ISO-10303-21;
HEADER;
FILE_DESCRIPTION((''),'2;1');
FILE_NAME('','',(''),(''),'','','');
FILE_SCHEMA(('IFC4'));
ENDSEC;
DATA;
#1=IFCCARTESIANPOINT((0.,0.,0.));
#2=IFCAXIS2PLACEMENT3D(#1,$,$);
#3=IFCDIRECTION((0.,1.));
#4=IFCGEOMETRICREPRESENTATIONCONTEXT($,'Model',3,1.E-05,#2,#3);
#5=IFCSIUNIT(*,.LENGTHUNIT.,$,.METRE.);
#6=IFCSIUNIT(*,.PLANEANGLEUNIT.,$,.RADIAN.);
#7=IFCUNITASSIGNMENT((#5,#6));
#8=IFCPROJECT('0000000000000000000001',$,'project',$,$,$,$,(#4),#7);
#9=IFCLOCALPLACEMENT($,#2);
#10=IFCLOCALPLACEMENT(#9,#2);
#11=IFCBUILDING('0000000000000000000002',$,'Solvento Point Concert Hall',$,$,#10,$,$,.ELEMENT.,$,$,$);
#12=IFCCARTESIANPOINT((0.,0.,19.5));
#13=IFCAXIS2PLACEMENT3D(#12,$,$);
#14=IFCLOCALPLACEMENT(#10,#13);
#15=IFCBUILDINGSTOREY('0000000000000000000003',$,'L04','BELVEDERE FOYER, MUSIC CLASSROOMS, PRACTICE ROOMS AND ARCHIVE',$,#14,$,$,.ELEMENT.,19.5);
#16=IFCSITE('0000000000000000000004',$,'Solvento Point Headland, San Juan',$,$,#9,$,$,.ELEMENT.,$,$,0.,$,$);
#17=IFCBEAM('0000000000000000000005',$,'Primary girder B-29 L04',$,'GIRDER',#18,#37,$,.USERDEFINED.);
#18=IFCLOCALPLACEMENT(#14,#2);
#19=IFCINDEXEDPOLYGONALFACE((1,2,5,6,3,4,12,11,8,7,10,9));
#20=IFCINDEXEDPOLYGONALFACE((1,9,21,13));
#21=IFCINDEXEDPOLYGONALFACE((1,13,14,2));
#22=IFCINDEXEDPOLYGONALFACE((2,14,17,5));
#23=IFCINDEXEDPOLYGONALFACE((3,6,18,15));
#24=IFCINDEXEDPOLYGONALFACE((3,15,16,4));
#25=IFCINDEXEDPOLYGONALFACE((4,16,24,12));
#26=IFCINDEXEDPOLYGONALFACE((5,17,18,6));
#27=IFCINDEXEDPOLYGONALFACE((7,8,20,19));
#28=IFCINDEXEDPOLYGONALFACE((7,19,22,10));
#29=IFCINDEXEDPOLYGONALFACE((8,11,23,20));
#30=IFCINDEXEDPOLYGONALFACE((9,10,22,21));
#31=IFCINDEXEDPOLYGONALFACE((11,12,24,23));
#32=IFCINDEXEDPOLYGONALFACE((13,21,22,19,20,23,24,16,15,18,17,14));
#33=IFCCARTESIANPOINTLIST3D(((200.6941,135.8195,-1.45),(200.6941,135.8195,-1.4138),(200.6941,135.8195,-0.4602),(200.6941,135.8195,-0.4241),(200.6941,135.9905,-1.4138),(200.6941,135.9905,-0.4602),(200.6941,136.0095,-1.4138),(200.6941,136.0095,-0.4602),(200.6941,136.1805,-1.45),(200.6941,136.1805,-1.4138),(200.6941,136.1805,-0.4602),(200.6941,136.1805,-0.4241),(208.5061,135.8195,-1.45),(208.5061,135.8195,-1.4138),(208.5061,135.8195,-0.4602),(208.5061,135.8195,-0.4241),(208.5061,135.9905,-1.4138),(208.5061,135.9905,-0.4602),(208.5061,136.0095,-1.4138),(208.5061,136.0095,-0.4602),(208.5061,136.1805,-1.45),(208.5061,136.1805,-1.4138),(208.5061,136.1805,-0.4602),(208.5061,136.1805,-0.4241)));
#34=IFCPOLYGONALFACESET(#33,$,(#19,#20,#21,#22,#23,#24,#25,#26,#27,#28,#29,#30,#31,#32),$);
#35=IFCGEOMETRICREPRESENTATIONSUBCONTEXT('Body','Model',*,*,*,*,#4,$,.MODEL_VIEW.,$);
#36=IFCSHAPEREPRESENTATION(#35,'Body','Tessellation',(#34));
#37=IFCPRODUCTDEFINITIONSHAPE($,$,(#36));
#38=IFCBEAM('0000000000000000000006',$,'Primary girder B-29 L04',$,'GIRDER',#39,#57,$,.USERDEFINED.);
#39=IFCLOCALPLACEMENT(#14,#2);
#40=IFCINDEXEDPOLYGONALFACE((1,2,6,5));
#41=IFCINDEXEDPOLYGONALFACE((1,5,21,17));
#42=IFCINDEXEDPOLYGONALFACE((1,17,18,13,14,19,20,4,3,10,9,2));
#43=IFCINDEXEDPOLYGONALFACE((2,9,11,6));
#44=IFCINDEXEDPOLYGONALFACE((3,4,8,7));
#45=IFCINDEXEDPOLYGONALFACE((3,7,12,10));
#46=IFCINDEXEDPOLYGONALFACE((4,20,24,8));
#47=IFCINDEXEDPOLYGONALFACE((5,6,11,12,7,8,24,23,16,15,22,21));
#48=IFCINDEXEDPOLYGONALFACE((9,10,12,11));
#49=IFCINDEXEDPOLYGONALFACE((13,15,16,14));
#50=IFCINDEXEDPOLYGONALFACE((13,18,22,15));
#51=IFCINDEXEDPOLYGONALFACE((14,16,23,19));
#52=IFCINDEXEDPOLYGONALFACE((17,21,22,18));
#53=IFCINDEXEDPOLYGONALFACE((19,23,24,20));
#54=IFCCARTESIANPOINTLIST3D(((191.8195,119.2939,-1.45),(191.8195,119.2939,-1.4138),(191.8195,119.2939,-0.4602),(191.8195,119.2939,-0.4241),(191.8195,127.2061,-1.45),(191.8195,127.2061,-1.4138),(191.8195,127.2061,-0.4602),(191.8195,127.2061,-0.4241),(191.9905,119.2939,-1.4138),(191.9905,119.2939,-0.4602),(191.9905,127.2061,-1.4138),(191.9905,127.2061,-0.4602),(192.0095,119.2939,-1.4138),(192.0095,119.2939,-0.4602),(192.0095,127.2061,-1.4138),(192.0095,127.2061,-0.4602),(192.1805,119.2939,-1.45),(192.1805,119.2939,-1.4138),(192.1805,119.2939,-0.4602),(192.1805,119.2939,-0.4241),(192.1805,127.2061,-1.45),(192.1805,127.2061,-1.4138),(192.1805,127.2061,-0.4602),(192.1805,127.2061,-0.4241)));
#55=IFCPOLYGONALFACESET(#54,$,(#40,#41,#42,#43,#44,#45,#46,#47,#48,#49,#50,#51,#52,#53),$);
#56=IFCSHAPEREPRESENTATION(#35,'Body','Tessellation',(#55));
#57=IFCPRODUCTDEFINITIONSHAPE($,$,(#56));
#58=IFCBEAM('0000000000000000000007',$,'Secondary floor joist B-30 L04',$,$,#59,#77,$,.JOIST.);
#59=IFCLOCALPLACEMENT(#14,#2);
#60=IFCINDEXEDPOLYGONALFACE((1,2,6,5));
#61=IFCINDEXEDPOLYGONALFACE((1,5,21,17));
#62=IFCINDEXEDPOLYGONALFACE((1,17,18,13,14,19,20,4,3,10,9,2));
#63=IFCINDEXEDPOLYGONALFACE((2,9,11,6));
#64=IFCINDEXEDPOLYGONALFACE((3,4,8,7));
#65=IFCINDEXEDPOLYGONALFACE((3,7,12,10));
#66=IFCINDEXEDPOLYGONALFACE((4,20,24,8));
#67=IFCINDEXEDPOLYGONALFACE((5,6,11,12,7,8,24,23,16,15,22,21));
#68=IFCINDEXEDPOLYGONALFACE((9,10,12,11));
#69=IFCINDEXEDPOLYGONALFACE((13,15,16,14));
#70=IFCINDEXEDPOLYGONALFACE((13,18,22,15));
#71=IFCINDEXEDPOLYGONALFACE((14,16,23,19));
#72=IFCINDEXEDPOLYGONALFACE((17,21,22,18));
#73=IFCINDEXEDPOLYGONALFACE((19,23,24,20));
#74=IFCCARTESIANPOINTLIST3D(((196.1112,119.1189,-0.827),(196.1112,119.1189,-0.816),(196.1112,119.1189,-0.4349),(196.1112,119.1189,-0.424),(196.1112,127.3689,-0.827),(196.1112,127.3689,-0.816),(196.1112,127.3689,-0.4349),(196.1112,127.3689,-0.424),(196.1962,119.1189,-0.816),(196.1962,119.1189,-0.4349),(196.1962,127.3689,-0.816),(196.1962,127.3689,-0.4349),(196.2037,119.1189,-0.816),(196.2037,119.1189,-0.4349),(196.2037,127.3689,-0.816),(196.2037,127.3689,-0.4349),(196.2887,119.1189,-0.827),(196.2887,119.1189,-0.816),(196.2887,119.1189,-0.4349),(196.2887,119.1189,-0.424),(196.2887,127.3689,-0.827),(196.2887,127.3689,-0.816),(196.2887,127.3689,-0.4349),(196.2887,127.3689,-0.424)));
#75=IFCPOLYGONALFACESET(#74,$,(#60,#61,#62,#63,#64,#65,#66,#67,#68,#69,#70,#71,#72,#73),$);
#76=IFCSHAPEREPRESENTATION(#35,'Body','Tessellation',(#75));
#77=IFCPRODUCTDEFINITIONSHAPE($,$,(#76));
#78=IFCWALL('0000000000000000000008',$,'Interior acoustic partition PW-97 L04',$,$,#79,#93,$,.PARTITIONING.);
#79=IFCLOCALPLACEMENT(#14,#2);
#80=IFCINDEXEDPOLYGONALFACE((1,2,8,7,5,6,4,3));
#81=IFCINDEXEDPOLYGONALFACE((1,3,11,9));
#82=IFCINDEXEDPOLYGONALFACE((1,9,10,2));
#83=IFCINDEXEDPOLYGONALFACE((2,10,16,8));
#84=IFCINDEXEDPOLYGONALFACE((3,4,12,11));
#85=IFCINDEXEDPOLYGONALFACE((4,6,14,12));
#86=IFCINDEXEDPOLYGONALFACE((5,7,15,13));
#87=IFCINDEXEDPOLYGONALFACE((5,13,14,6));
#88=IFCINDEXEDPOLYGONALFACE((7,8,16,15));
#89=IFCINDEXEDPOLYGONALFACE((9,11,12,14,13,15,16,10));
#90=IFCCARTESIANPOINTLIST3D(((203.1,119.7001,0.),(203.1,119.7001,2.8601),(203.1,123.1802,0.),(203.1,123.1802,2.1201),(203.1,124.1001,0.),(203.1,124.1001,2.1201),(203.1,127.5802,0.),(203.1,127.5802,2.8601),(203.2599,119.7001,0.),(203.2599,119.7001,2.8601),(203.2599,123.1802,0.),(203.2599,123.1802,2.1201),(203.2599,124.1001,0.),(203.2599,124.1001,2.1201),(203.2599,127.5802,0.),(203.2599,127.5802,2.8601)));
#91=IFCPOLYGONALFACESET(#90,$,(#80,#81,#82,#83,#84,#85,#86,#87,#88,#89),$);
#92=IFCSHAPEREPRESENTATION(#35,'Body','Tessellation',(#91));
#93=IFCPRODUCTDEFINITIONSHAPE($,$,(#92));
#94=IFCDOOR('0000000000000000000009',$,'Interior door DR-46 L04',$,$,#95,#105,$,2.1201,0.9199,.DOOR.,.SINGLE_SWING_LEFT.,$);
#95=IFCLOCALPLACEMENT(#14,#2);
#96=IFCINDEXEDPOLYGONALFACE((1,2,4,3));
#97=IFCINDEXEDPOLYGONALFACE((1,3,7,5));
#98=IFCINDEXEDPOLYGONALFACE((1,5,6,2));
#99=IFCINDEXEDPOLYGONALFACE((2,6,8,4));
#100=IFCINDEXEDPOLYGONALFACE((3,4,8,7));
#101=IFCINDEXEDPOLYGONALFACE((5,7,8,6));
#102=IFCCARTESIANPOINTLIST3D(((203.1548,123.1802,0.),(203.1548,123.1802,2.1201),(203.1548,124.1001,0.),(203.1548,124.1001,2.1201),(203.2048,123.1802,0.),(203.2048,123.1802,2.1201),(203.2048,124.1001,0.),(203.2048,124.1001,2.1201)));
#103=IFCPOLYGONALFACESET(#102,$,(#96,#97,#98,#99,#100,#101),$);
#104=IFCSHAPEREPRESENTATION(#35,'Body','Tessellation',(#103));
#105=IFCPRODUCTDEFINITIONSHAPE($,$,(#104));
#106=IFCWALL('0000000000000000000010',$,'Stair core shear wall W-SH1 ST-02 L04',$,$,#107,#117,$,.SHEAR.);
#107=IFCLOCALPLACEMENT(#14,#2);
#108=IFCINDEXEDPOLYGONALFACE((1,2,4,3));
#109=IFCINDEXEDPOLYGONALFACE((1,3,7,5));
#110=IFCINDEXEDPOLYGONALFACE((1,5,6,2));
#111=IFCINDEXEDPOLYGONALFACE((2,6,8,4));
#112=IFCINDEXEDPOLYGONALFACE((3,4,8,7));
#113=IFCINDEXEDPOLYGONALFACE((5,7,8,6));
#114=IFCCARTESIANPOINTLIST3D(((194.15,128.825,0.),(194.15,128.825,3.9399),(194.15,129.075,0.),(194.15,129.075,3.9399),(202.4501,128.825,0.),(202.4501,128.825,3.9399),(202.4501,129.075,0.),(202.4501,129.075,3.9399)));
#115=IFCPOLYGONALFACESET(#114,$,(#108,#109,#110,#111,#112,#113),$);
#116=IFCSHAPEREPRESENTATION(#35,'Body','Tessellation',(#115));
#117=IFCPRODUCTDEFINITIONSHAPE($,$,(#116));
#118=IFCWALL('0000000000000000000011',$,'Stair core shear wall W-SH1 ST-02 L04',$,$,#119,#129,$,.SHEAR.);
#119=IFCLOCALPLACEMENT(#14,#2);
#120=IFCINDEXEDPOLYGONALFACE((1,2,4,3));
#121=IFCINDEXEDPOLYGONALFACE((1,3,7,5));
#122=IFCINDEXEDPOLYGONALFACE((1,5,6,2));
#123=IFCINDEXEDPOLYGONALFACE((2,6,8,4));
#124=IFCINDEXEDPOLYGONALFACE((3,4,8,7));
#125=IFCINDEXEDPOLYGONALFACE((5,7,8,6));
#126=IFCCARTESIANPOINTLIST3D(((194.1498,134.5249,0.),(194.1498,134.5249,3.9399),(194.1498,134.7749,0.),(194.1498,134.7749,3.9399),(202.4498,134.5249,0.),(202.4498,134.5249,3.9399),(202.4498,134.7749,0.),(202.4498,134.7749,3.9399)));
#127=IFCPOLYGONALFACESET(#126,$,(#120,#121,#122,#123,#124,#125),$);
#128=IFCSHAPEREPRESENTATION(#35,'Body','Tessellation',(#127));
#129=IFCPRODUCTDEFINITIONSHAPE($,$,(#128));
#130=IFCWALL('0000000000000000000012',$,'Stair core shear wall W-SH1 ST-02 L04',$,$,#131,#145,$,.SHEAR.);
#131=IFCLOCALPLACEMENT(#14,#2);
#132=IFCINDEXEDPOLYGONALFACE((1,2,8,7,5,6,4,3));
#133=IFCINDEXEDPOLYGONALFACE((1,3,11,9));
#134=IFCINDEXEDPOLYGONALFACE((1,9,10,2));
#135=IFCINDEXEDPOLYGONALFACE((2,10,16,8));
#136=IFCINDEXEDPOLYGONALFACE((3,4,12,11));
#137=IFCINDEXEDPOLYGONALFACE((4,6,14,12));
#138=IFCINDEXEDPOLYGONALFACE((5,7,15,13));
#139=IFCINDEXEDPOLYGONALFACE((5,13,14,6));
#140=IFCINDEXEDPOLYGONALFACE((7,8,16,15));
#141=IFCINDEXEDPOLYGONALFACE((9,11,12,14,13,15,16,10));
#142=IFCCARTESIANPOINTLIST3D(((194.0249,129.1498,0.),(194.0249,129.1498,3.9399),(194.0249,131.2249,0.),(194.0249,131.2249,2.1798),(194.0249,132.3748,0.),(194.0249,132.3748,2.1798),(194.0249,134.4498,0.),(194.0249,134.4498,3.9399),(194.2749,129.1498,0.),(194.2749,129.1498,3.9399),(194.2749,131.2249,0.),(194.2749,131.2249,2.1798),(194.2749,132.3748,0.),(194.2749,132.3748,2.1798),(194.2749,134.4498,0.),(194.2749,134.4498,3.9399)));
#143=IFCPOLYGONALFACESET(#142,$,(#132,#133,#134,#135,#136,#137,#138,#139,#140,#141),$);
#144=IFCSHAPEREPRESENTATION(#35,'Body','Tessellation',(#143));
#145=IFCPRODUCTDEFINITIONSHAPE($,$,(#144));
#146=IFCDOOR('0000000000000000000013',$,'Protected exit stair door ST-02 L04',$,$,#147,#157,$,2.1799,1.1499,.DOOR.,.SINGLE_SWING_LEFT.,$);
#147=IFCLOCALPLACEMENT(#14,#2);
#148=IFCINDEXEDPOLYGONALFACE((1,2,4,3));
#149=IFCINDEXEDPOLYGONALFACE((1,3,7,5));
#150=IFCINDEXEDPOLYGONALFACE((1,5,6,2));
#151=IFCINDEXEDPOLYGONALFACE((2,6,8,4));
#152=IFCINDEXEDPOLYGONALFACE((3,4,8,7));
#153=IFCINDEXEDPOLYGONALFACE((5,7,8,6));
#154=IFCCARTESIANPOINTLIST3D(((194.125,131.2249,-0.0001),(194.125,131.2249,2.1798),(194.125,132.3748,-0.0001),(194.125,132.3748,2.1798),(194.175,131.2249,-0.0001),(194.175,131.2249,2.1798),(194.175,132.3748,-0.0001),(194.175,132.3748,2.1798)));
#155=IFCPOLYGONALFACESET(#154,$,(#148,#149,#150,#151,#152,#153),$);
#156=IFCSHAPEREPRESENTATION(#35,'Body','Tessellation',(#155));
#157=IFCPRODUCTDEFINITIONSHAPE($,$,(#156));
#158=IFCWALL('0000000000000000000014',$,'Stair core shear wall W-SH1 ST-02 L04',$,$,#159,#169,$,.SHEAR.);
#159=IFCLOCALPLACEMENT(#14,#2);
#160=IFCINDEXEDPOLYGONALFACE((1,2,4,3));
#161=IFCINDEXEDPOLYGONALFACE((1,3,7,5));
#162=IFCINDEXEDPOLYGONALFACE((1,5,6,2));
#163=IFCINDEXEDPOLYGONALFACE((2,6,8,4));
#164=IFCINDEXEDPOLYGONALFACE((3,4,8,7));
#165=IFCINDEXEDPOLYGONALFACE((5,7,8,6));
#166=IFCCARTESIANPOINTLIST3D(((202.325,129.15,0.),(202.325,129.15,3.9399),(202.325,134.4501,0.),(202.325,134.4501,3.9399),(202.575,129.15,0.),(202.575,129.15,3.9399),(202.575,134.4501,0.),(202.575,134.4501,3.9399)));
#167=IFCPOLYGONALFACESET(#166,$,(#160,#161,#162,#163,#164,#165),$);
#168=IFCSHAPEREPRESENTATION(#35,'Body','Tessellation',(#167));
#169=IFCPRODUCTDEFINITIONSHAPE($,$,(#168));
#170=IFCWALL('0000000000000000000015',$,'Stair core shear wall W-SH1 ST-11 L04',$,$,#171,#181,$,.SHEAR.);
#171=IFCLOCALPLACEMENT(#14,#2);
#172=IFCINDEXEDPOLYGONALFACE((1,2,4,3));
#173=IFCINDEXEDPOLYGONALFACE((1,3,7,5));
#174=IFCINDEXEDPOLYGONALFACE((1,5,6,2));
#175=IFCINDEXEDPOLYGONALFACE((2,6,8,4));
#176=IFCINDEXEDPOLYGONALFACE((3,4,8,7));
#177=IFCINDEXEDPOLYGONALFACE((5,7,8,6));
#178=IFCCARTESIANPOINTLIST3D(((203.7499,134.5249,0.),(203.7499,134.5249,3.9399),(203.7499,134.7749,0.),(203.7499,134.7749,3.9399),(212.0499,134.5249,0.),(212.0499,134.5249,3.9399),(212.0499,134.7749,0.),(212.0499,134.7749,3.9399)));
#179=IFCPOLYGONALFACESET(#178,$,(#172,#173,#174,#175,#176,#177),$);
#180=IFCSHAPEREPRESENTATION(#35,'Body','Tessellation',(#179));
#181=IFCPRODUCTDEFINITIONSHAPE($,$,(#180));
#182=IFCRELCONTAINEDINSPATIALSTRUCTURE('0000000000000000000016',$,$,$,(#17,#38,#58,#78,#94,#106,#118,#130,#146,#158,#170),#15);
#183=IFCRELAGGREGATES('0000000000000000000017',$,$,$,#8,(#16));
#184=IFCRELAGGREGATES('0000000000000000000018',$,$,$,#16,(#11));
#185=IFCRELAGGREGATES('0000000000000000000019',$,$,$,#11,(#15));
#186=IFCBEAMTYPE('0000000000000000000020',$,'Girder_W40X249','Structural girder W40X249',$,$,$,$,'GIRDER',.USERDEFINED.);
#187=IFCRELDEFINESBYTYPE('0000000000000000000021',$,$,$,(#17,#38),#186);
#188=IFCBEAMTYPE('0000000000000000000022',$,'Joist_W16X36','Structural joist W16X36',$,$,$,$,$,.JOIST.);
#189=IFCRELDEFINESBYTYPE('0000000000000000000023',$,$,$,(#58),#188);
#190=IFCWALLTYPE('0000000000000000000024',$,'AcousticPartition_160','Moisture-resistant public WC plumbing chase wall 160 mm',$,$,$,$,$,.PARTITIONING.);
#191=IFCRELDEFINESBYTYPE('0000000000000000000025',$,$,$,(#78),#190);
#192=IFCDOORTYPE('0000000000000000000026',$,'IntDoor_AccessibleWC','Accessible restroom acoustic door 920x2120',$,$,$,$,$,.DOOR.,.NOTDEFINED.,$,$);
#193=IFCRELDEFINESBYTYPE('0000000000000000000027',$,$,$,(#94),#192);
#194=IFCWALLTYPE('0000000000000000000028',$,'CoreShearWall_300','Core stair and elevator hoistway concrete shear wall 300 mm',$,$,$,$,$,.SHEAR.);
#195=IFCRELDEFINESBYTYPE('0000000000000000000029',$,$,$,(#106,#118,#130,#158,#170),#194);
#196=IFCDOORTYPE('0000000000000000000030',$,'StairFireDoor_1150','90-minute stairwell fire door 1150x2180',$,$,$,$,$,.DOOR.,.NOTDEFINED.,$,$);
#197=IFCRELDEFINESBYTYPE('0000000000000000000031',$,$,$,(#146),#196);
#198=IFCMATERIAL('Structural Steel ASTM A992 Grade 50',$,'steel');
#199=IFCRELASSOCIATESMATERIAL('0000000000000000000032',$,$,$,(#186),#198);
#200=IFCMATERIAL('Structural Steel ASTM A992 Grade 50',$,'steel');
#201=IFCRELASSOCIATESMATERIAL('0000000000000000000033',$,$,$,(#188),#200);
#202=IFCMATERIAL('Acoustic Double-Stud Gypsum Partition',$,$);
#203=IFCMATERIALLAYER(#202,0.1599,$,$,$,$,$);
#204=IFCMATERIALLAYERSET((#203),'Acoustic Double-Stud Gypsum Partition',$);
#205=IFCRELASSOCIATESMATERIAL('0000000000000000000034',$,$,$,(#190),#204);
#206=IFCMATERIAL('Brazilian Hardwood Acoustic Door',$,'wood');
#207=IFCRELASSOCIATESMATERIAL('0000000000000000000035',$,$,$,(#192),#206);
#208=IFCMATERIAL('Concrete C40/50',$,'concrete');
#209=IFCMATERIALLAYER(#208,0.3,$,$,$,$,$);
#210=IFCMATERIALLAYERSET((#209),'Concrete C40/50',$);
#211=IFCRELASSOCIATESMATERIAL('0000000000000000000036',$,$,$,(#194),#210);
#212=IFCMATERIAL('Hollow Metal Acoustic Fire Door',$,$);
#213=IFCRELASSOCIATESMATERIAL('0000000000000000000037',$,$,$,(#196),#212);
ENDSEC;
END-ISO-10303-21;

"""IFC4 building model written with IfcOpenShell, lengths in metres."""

from ifc_helpers import new_model, si_unit, direction, frame, frame_2d, origin, origin_2d, place, context, subcontext, project, spatial, rectangle, i_section, extrude, material, layer, layer_set, material_profile, profile_set, type_object, element, fill, save


model = new_model("IFC4")

# Units and contexts
model_context = context("Model", 3, precision=1e-05, world=origin(), true_north=direction((0.0, 1.0)))
body_context = subcontext(model_context, "Body", "Model", "MODEL_VIEW")
ifc_project = project(units=[si_unit("LENGTHUNIT", "METRE"), si_unit("PLANEANGLEUNIT", "RADIAN")], contexts=[model_context])

# Site, building, storey
site_placement = place(None, origin())
site = spatial("IfcSite", under=ifc_project, at=site_placement, Name="Solvento Point Headland, San Juan", CompositionType="ELEMENT", RefElevation=0.0)
building_placement = place(site_placement, origin())
building = spatial("IfcBuilding", under=site, at=building_placement, Name="Solvento Point Concert Hall", CompositionType="ELEMENT")
storey_placement = place(building_placement, frame((0.0, 0.0, 19.5)))
storey = spatial("IfcBuildingStorey", under=building, at=storey_placement, Name="L04", Description="BELVEDERE FOYER, MUSIC CLASSROOMS, PRACTICE ROOMS AND ARCHIVE", CompositionType="ELEMENT", Elevation=19.5)

# Beams
ifc_material_1 = material(Name="Structural Steel ASTM A992 Grade 50", Category="steel")
ifc_material_profile_1 = material_profile(ifc_material_1, i_section(OverallWidth=0.3611, OverallDepth=1.0259, WebThickness=0.019, FlangeThickness=0.0361, at=origin_2d()), Name="W40X249")
ifc_profile_set_1 = profile_set([ifc_material_profile_1], Name="Structural Steel ASTM A992 Grade 50")
beam_type_1 = type_object("IfcBeamType", Name="Girder_W40X249", Description="Structural girder W40X249", ElementType="GIRDER", PredefinedType="USERDEFINED", material=ifc_profile_set_1)
beam_1_placement = place(storey_placement, frame((200.6941, 136.0, -0.937), z_axis=(1.0, 0.0, 0.0), x_axis=(0.0, 1.0, 0.0)))
element("IfcBeam", 1, at=beam_1_placement, inside=storey, type_object=beam_type_1, Name="Primary girder B-29 L04", ObjectType="GIRDER", PredefinedType="USERDEFINED", context=body_context, shape_type="SweptSolid", body=[
    extrude(i_section(OverallWidth=0.3611, OverallDepth=1.0259, WebThickness=0.019, FlangeThickness=0.0361, at=origin_2d()), origin(), (0.0, 0.0, 1.0), 7.812),
])
beam_2_placement = place(storey_placement, frame((192.0, 119.2939, -0.937), z_axis=(0.0, 1.0, 0.0), x_axis=(-1.0, 0.0, 0.0)))
element("IfcBeam", 2, at=beam_2_placement, inside=storey, type_object=beam_type_1, Name="Primary girder B-29 L04", ObjectType="GIRDER", PredefinedType="USERDEFINED", context=body_context, shape_type="SweptSolid", body=[
    extrude(i_section(OverallWidth=0.3611, OverallDepth=1.0259, WebThickness=0.019, FlangeThickness=0.0361, at=origin_2d()), origin(), (0.0, 0.0, 1.0), 7.9121),
])
ifc_material_2 = material(Name="Structural Steel ASTM A992 Grade 50", Category="steel")
ifc_material_profile_2 = material_profile(ifc_material_2, i_section(OverallWidth=0.1775, OverallDepth=0.4031, WebThickness=0.0076, FlangeThickness=0.011, at=origin_2d()), Name="W16X36")
ifc_profile_set_2 = profile_set([ifc_material_profile_2], Name="Structural Steel ASTM A992 Grade 50")
beam_type_2 = type_object("IfcBeamType", Name="Joist_W16X36", Description="Structural joist W16X36", PredefinedType="JOIST", material=ifc_profile_set_2)
beam_3_placement = place(storey_placement, frame((196.2, 119.1189, -0.6255), z_axis=(0.0, 1.0, 0.0), x_axis=(-1.0, 0.0, 0.0)))
element("IfcBeam", 3, at=beam_3_placement, inside=storey, type_object=beam_type_2, Name="Secondary floor joist B-30 L04", PredefinedType="JOIST", context=body_context, shape_type="SweptSolid", body=[
    extrude(i_section(OverallWidth=0.1775, OverallDepth=0.4031, WebThickness=0.0076, FlangeThickness=0.011, at=origin_2d()), origin(), (0.0, 0.0, 1.0), 8.25),
])

# Shared definitions
ifc_material_3 = material(Name="Acoustic Double-Stud Gypsum Partition")
ifc_layer_1 = layer(ifc_material_3, 0.1599)
ifc_layer_set_1 = layer_set([ifc_layer_1], Name="Acoustic Double-Stud Gypsum Partition")
wall_type_1 = type_object("IfcWallType", Name="AcousticPartition_160", Description="Moisture-resistant public WC plumbing chase wall 160 mm", PredefinedType="PARTITIONING", material=ifc_layer_set_1)

# Wall, opening, door
wall_1_placement = place(storey_placement, frame((203.1799, 127.5801, 0.0), z_axis=(0.0, 0.0, 1.0), x_axis=(0.0, -1.0, 0.0)))
wall_1 = element("IfcWall", 4, at=wall_1_placement, inside=storey, type_object=wall_type_1, Name="Interior acoustic partition PW-97 L04", PredefinedType="PARTITIONING", context=body_context, shape_type="SweptSolid", body=[
    extrude(rectangle(XDim=7.8801, YDim=0.1599, at=frame_2d((3.9399, 0.0))), origin(), (0.0, 0.0, 1.0), 2.8601),
])
opening_1_placement = place(wall_1_placement, frame((3.48, 0.0, 0.0)))
opening_1 = element("IfcOpeningElement", 5, at=opening_1_placement, cuts=wall_1, PredefinedType="OPENING", context=body_context, shape_type="SweptSolid", body=[
    extrude(rectangle(XDim=0.9199, YDim=2.1201, at=frame_2d((0.46, 1.0601))), frame((0.0, 0.0898, 0.0), z_axis=(0.0, -1.0, 0.0), x_axis=(1.0, 0.0, 0.0)), (0.0, 0.0, 1.0), 0.1799),
])
ifc_material_4 = material(Name="Brazilian Hardwood Acoustic Door", Category="wood")
door_type_1 = type_object("IfcDoorType", Name="IntDoor_AccessibleWC", Description="Accessible restroom acoustic door 920x2120", OperationType="NOTDEFINED", PredefinedType="DOOR", material=ifc_material_4)
door_1_placement = place(opening_1_placement, origin())
door_1 = element("IfcDoor", 6, at=door_1_placement, inside=storey, type_object=door_type_1, Name="Interior door DR-46 L04", OperationType="SINGLE_SWING_LEFT", OverallHeight=2.1201, OverallWidth=0.9199, PredefinedType="DOOR", context=body_context, shape_type="SweptSolid", body=[
    extrude(rectangle(XDim=0.9199, YDim=2.1201, at=frame_2d((0.46, 1.0601))), frame((0.0, 0.0249, 0.0), z_axis=(0.0, -1.0, 0.0), x_axis=(1.0, 0.0, 0.0)), (0.0, 0.0, 1.0), 0.05),
])
fill(opening_1, door_1)

# Walls
ifc_material_5 = material(Name="Concrete C40/50", Category="concrete")
ifc_layer_2 = layer(ifc_material_5, 0.3)
ifc_layer_set_2 = layer_set([ifc_layer_2], Name="Concrete C40/50")
wall_type_2 = type_object("IfcWallType", Name="CoreShearWall_300", Description="Core stair and elevator hoistway concrete shear wall 300 mm", PredefinedType="SHEAR", material=ifc_layer_set_2)
for number, where, z_axis, x_axis, name in (
    (7, (202.45, 128.95, 0.0), (0.0, 0.0, 1.0), (-1.0, 0.0, 0.0), "Stair core shear wall W-SH1 ST-02 L04"),
    (8, (194.1499, 134.6499, 0.0), (0.0, 0.0, 1.0), (1.0, 0.0, 0.0), "Stair core shear wall W-SH1 ST-02 L04"),
):
    element("IfcWall", number, at=place(storey_placement, frame(where, z_axis=z_axis, x_axis=x_axis)), inside=storey, type_object=wall_type_2, Name=name, PredefinedType="SHEAR", context=body_context, shape_type="SweptSolid", body=[
        extrude(rectangle(XDim=8.3, YDim=0.25, at=frame_2d((4.1499, 0.0))), origin(), (0.0, 0.0, 1.0), 3.9399),
    ])

# Wall, opening, door
wall_2_placement = place(storey_placement, frame((194.1499, 129.1499, 0.0), z_axis=(0.0, 0.0, 1.0), x_axis=(0.0, 1.0, 0.0)))
wall_2 = element("IfcWall", 9, at=wall_2_placement, inside=storey, type_object=wall_type_2, Name="Stair core shear wall W-SH1 ST-02 L04", PredefinedType="SHEAR", context=body_context, shape_type="SweptSolid", body=[
    extrude(rectangle(XDim=5.3, YDim=0.25, at=frame_2d((2.6499, 0.0))), origin(), (0.0, 0.0, 1.0), 3.9399),
])
opening_2_placement = place(wall_2_placement, frame((2.075, 0.0, 0.0)))
opening_2 = element("IfcOpeningElement", 10, at=opening_2_placement, cuts=wall_2, PredefinedType="OPENING", context=body_context, shape_type="SweptSolid", body=[
    extrude(rectangle(XDim=1.1499, YDim=2.1799, at=frame_2d((0.575, 1.0898))), frame((0.0, 0.135, 0.0), z_axis=(0.0, -1.0, 0.0), x_axis=(1.0, 0.0, 0.0)), (0.0, 0.0, 1.0), 0.27),
])
ifc_material_6 = material(Name="Hollow Metal Acoustic Fire Door")
door_type_2 = type_object("IfcDoorType", Name="StairFireDoor_1150", Description="90-minute stairwell fire door 1150x2180", OperationType="NOTDEFINED", PredefinedType="DOOR", material=ifc_material_6)
door_2_placement = place(opening_2_placement, origin())
door_2 = element("IfcDoor", 11, at=door_2_placement, inside=storey, type_object=door_type_2, Name="Protected exit stair door ST-02 L04", OperationType="SINGLE_SWING_LEFT", OverallHeight=2.1799, OverallWidth=1.1499, PredefinedType="DOOR", context=body_context, shape_type="SweptSolid", body=[
    extrude(rectangle(XDim=1.1499, YDim=2.1799, at=frame_2d((0.575, 1.0898))), frame((0.0, 0.0249, 0.0), z_axis=(0.0, -1.0, 0.0), x_axis=(1.0, 0.0, 0.0)), (0.0, 0.0, 1.0), 0.05),
])
fill(opening_2, door_2)

# Walls
wall_3_placement = place(storey_placement, frame((202.45, 134.45, 0.0), z_axis=(0.0, 0.0, 1.0), x_axis=(0.0, -1.0, 0.0)))
element("IfcWall", 12, at=wall_3_placement, inside=storey, type_object=wall_type_2, Name="Stair core shear wall W-SH1 ST-02 L04", PredefinedType="SHEAR", context=body_context, shape_type="SweptSolid", body=[
    extrude(rectangle(XDim=5.3, YDim=0.25, at=frame_2d((2.6499, 0.0))), origin(), (0.0, 0.0, 1.0), 3.9399),
])
wall_4_placement = place(storey_placement, frame((203.75, 134.6499, 0.0), z_axis=(0.0, 0.0, 1.0), x_axis=(1.0, 0.0, 0.0)))
element("IfcWall", 13, at=wall_4_placement, inside=storey, type_object=wall_type_2, Name="Stair core shear wall W-SH1 ST-11 L04", PredefinedType="SHEAR", context=body_context, shape_type="SweptSolid", body=[
    extrude(rectangle(XDim=8.3, YDim=0.25, at=frame_2d((4.1499, 0.0))), origin(), (0.0, 0.0, 1.0), 3.9399),
])

save(model, "model.ifc")
